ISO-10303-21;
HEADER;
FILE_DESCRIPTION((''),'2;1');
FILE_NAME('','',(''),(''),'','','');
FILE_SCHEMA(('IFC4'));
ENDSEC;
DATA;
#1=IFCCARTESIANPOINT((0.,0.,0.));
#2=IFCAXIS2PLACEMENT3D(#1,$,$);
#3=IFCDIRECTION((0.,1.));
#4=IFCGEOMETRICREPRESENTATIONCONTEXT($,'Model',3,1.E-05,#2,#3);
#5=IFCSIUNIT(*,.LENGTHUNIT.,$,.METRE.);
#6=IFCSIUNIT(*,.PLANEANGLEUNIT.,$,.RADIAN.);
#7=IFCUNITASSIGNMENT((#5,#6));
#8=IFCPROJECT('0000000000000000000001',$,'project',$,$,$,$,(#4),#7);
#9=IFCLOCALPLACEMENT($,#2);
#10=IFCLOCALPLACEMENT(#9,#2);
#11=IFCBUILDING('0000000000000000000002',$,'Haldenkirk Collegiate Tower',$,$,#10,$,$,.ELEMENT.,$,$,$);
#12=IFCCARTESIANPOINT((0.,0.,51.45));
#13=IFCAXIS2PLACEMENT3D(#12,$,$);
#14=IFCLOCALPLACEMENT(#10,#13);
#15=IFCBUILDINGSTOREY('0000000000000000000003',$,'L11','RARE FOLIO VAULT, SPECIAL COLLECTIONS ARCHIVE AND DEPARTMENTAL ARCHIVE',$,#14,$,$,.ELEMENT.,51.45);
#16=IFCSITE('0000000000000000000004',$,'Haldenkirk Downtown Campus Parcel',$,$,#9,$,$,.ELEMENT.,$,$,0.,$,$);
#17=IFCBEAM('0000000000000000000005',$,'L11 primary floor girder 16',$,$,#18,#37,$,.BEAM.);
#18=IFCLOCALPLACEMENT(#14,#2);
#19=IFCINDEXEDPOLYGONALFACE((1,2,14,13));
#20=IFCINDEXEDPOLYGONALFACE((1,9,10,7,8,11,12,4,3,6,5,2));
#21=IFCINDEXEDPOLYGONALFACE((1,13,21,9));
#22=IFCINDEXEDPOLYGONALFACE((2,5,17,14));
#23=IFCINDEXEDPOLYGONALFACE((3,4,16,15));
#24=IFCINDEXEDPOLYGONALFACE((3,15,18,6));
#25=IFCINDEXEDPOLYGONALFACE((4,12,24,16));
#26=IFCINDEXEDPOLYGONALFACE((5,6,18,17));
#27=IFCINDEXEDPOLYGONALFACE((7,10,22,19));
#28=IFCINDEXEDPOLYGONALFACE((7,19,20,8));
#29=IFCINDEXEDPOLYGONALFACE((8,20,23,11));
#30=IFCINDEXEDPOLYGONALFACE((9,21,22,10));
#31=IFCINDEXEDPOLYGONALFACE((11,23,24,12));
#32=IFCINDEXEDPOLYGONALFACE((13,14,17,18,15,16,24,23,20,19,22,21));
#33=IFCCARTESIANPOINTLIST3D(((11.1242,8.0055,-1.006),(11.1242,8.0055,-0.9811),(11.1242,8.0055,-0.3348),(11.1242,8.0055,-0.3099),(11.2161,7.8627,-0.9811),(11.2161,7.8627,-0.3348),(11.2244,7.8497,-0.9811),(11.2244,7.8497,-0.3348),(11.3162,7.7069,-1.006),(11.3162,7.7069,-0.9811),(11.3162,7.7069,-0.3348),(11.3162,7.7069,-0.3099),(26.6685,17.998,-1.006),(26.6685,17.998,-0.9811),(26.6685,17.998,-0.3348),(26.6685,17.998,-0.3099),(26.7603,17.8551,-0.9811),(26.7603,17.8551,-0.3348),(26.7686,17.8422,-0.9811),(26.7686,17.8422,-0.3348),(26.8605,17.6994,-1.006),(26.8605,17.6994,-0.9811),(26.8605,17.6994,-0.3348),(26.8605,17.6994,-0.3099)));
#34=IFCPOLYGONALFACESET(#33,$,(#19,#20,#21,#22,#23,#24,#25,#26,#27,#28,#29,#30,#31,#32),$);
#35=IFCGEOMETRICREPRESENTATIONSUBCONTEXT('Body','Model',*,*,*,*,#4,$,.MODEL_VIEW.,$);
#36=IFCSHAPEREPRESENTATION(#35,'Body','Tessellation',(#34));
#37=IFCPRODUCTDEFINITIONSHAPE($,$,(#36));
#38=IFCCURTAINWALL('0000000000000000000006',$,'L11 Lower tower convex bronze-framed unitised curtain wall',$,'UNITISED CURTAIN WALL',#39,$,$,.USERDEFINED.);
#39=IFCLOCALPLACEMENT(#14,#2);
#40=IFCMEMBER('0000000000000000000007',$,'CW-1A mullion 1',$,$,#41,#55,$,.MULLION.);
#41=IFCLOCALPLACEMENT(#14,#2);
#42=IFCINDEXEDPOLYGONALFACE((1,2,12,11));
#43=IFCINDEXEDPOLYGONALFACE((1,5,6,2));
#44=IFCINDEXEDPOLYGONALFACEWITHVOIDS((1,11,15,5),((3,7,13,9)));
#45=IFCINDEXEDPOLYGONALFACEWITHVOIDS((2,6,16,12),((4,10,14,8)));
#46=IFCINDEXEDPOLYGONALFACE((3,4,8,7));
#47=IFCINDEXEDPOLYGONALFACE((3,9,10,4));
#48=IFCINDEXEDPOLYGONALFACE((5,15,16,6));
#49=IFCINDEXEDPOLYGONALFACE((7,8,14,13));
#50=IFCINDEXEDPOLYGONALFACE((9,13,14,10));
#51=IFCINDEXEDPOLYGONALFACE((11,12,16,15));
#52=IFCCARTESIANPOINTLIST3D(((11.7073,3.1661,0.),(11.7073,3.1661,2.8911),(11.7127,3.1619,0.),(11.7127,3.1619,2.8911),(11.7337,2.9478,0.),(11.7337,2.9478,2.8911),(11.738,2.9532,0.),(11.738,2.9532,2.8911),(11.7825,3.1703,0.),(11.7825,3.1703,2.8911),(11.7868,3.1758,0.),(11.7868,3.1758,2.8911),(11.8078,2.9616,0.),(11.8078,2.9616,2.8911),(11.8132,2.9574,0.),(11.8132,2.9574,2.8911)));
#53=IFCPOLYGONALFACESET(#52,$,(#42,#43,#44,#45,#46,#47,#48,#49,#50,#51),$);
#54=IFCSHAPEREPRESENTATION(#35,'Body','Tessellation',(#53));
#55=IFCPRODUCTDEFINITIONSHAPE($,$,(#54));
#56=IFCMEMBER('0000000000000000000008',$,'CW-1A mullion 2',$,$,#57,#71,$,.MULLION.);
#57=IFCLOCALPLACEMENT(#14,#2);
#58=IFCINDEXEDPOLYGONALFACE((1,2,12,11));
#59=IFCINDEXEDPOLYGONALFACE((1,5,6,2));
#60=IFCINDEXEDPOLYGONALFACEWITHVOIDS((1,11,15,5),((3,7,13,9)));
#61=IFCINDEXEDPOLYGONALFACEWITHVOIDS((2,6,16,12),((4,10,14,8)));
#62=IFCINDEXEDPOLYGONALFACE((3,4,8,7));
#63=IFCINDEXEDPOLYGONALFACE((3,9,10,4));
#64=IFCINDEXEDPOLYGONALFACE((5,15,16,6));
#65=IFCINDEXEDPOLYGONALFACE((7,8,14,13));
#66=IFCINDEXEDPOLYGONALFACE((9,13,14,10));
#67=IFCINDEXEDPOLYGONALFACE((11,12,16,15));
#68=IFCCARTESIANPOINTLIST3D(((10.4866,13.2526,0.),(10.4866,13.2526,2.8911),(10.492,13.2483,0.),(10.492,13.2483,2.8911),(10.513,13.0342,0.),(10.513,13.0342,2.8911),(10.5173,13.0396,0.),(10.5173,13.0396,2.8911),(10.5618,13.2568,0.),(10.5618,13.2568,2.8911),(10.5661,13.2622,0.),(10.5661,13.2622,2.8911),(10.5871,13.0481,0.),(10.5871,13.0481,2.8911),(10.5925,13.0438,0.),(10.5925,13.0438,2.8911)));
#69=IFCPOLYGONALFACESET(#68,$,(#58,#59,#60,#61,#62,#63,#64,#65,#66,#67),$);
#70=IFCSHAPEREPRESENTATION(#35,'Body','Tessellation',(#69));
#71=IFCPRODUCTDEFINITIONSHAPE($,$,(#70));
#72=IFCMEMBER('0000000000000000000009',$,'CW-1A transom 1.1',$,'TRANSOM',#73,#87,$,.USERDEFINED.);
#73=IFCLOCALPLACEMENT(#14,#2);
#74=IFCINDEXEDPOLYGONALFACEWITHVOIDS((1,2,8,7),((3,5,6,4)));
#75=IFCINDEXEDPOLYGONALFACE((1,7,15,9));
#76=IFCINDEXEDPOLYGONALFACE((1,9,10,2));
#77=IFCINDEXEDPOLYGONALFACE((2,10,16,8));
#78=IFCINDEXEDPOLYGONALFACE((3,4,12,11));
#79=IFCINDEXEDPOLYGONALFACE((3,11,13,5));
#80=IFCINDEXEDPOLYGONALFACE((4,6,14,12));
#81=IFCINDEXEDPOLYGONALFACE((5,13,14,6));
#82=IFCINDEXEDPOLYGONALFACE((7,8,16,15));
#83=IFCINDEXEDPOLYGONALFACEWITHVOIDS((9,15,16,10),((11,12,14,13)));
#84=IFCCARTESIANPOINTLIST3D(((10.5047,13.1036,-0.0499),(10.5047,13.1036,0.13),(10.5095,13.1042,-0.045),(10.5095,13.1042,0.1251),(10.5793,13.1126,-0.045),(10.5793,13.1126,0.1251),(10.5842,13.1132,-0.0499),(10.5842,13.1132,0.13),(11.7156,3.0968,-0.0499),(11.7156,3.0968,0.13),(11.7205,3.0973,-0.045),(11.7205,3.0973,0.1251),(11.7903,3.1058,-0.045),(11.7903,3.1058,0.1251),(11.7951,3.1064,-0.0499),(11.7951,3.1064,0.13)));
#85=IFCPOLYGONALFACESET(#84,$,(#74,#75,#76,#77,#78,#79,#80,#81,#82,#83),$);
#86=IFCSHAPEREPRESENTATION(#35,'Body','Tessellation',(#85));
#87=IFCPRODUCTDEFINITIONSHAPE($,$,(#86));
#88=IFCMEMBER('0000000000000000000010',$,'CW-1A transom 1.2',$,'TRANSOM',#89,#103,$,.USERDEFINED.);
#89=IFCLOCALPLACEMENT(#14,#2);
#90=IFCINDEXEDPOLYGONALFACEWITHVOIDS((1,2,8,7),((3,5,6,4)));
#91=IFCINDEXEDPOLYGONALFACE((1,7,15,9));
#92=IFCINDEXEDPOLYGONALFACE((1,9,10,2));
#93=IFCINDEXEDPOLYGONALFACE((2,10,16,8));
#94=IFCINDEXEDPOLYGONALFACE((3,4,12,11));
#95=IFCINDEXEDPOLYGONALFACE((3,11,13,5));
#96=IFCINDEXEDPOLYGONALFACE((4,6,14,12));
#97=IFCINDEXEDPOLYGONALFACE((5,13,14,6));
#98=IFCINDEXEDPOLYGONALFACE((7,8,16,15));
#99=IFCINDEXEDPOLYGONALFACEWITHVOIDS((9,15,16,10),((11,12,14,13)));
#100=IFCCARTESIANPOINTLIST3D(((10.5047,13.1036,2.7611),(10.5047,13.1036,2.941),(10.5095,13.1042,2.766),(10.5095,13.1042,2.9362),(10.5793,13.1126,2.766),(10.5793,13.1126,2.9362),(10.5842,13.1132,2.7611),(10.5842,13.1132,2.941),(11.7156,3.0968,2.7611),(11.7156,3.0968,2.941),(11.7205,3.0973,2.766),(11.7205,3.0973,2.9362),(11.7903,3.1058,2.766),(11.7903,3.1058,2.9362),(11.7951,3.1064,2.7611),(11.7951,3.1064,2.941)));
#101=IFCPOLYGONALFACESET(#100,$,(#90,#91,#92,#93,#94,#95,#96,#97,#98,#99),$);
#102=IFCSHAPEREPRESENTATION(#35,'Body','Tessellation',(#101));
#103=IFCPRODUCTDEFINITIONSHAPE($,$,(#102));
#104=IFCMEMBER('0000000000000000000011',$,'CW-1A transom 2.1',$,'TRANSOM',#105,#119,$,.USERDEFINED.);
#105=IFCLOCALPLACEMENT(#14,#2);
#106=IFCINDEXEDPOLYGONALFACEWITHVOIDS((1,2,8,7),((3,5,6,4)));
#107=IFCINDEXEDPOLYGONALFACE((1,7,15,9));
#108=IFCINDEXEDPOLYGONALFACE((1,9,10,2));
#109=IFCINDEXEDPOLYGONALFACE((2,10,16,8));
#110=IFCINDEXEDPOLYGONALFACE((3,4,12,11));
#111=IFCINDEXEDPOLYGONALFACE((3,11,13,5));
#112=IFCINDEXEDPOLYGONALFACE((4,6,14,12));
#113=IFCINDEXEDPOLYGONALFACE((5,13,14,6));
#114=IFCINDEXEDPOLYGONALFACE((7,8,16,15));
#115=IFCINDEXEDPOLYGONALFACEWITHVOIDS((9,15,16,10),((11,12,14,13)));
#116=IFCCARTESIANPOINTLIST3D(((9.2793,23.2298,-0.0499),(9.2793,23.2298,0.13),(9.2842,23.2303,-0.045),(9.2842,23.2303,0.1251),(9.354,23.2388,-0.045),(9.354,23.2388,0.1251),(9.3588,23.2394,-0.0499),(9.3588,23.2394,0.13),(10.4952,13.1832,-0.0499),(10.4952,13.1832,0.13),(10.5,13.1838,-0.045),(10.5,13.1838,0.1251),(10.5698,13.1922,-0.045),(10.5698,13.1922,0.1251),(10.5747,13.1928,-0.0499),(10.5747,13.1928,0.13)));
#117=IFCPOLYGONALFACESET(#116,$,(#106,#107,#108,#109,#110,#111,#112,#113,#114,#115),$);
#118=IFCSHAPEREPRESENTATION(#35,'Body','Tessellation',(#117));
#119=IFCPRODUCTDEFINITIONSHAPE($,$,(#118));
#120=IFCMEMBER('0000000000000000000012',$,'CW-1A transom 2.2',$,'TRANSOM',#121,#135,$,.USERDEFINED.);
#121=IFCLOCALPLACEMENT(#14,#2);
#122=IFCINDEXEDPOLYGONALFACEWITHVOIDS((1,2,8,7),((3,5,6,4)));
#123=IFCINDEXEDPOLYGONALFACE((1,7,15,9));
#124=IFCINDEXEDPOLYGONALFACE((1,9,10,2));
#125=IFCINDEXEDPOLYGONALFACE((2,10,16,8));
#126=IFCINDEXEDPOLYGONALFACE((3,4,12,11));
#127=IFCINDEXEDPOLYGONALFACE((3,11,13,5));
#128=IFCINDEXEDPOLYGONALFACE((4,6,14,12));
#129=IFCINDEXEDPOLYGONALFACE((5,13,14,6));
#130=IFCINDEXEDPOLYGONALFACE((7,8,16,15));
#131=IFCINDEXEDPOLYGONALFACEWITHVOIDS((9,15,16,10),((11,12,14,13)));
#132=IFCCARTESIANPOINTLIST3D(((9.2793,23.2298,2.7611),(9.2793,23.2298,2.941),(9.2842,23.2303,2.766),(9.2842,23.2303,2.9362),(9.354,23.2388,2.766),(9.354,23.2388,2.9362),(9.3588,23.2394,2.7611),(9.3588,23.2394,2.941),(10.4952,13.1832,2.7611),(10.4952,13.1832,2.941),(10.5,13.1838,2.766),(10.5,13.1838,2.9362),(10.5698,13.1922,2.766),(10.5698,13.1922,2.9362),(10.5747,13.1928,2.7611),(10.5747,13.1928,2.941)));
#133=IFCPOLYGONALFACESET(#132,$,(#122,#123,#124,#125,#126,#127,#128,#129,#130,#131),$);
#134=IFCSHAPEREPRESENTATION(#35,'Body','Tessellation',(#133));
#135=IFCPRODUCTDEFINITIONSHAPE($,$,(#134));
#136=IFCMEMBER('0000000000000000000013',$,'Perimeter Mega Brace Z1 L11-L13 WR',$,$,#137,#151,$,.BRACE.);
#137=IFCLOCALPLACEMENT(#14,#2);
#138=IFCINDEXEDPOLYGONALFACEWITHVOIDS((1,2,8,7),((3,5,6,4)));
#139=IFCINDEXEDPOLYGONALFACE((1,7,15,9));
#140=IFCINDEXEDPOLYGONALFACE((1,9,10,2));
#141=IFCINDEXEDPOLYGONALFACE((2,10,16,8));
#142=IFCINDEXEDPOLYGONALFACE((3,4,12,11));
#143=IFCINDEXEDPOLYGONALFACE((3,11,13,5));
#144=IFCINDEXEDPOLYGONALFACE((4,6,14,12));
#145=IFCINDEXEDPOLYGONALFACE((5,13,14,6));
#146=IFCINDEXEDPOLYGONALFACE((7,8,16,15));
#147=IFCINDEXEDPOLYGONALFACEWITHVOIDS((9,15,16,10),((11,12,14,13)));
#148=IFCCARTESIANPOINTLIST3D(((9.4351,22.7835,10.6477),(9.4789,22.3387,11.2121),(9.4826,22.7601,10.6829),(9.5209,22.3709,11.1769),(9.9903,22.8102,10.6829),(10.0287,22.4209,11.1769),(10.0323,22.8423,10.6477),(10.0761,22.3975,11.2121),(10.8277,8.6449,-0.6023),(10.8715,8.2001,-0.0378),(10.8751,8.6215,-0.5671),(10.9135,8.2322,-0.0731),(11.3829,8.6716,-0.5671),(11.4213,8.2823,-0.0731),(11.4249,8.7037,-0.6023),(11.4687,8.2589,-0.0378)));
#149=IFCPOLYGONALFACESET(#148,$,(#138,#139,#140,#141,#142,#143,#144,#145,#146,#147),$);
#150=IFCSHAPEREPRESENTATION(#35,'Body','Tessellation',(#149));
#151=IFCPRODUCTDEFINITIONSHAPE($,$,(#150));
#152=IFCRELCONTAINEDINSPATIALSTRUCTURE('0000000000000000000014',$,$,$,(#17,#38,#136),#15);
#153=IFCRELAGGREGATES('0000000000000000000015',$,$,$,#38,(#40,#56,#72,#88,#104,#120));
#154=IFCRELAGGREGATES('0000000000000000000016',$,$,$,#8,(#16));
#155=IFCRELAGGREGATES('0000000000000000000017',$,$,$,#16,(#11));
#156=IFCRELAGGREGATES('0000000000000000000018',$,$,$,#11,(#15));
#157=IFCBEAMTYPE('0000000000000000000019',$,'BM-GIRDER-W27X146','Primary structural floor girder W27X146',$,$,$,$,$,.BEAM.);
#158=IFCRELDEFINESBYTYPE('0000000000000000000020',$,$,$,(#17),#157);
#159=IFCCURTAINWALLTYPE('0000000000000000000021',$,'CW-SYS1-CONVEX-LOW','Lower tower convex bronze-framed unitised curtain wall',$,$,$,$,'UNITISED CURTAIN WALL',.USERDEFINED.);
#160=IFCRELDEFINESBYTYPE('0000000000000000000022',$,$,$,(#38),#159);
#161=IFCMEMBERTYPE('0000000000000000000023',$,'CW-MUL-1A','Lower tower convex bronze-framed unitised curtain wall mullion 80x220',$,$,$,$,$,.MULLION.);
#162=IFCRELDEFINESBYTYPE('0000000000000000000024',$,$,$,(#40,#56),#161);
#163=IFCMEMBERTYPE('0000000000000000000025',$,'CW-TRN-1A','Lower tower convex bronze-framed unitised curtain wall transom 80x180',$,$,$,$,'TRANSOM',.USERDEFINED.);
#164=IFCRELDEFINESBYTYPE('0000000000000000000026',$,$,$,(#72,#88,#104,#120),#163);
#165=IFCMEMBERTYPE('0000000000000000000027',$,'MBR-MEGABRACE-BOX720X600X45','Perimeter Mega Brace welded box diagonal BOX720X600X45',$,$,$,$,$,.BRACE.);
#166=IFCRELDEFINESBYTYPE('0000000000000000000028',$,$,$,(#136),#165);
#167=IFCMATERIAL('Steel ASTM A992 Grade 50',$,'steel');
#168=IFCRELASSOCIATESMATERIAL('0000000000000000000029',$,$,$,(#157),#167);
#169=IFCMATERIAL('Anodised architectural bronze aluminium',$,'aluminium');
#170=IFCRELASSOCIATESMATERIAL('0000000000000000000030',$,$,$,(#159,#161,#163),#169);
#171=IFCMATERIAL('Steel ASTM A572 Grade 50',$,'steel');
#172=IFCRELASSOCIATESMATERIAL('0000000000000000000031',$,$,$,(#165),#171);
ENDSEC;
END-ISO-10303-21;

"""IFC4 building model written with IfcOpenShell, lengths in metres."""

from ifc_helpers import new_model, si_unit, direction, frame, origin, origin_2d, place, context, subcontext, project, spatial, hollow_rectangle, i_section, extrude, material, material_profile, profile_set, type_object, element, aggregate, save


model = new_model("IFC4")

# Units and contexts
model_context = context("Model", 3, precision=1e-05, world=origin(), true_north=direction((0.0, 1.0)))
body_context = subcontext(model_context, "Body", "Model", "MODEL_VIEW")
ifc_project = project(units=[si_unit("LENGTHUNIT", "METRE"), si_unit("PLANEANGLEUNIT", "RADIAN")], contexts=[model_context])

# Site, building, storey
site_placement = place(None, origin())
site = spatial("IfcSite", under=ifc_project, at=site_placement, Name="Haldenkirk Downtown Campus Parcel", CompositionType="ELEMENT", RefElevation=0.0)
building_placement = place(site_placement, origin())
building = spatial("IfcBuilding", under=site, at=building_placement, Name="Haldenkirk Collegiate Tower", CompositionType="ELEMENT")
storey_placement = place(building_placement, frame((0.0, 0.0, 51.45)))
storey = spatial("IfcBuildingStorey", under=building, at=storey_placement, Name="L11", Description="RARE FOLIO VAULT, SPECIAL COLLECTIONS ARCHIVE AND DEPARTMENTAL ARCHIVE", CompositionType="ELEMENT", Elevation=51.45)

# Beam
ifc_material_1 = material(Name="Steel ASTM A992 Grade 50", Category="steel")
ifc_material_profile_1 = material_profile(ifc_material_1, i_section(OverallWidth=0.355, OverallDepth=0.696, WebThickness=0.0154, FlangeThickness=0.0249, at=origin_2d()), Name="W27X146")
ifc_profile_set_1 = profile_set([ifc_material_profile_1], Name="Steel ASTM A992 Grade 50")
beam_type = type_object("IfcBeamType", Name="BM-GIRDER-W27X146", Description="Primary structural floor girder W27X146", PredefinedType="BEAM", material=ifc_profile_set_1)
beam_placement = place(storey_placement, frame((11.2202, 7.8562, -0.658), z_axis=(0.841185, 0.540748, 0.0), x_axis=(-0.540748, 0.841185, 0.0)))
element("IfcBeam", 1, at=beam_placement, inside=storey, type_object=beam_type, Name="L11 primary floor girder 16", PredefinedType="BEAM", context=body_context, shape_type="SweptSolid", body=[
    extrude(i_section(OverallWidth=0.355, OverallDepth=0.696, WebThickness=0.0154, FlangeThickness=0.0249, at=origin_2d()), origin(), (0.0, 0.0, 1.0), 18.479),
])

# Curtain wall, members
ifc_material_2 = material(Name="Anodised architectural bronze aluminium", Category="aluminium")
curtain_wall_type = type_object("IfcCurtainWallType", Name="CW-SYS1-CONVEX-LOW", Description="Lower tower convex bronze-framed unitised curtain wall", ElementType="UNITISED CURTAIN WALL", PredefinedType="USERDEFINED", material=ifc_material_2)
curtain_wall_placement = place(storey_placement, origin())
curtain_wall = element("IfcCurtainWall", 2, at=curtain_wall_placement, inside=storey, type_object=curtain_wall_type, Name="L11 Lower tower convex bronze-framed unitised curtain wall", ObjectType="UNITISED CURTAIN WALL", PredefinedType="USERDEFINED")
ifc_material_profile_2 = material_profile(ifc_material_2, hollow_rectangle(XDim=0.0801, YDim=0.22, WallThickness=0.0049, at=origin_2d()), Name="CW-MUL-1A")
ifc_profile_set_2 = profile_set([ifc_material_profile_2], Name="Anodised architectural bronze aluminium")
member_type_1 = type_object("IfcMemberType", Name="CW-MUL-1A", Description="Lower tower convex bronze-framed unitised curtain wall mullion 80x220", PredefinedType="MULLION", material=ifc_profile_set_2)
member_1_placement = place(storey_placement, frame((11.7603, 3.0618, 0.0), z_axis=(0.0, 0.0, 1.0), x_axis=(-0.992757, -0.120138, 0.0)))
member_1 = element("IfcMember", 3, at=member_1_placement, type_object=member_type_1, Name="CW-1A mullion 1", PredefinedType="MULLION", context=body_context, shape_type="SweptSolid", body=[
    extrude(hollow_rectangle(XDim=0.0801, YDim=0.22, WallThickness=0.0049, at=origin_2d()), origin(), (0.0, 0.0, 1.0), 2.8911),
])
member_2_placement = place(storey_placement, frame((10.5396, 13.1482, 0.0), z_axis=(0.0, 0.0, 1.0), x_axis=(-0.992757, -0.120138, 0.0)))
member_2 = element("IfcMember", 4, at=member_2_placement, type_object=member_type_1, Name="CW-1A mullion 2", PredefinedType="MULLION", context=body_context, shape_type="SweptSolid", body=[
    extrude(hollow_rectangle(XDim=0.0801, YDim=0.22, WallThickness=0.0049, at=origin_2d()), origin(), (0.0, 0.0, 1.0), 2.8911),
])
ifc_material_profile_3 = material_profile(ifc_material_2, hollow_rectangle(XDim=0.0801, YDim=0.1799, WallThickness=0.0049, at=origin_2d()), Name="CW-TRN-1A")
ifc_profile_set_3 = profile_set([ifc_material_profile_3], Name="Anodised architectural bronze aluminium")
member_type_2 = type_object("IfcMemberType", Name="CW-TRN-1A", Description="Lower tower convex bronze-framed unitised curtain wall transom 80x180", ElementType="TRANSOM", PredefinedType="USERDEFINED", material=ifc_profile_set_3)
member_3_placement = place(storey_placement, frame((11.7554, 3.1016, 0.04), z_axis=(-0.120135, 0.992758, 0.0), x_axis=(-0.992758, -0.120135, 0.0)))
member_3 = element("IfcMember", 5, at=member_3_placement, type_object=member_type_2, Name="CW-1A transom 1.1", ObjectType="TRANSOM", PredefinedType="USERDEFINED", context=body_context, shape_type="SweptSolid", body=[
    extrude(hollow_rectangle(XDim=0.0801, YDim=0.1799, WallThickness=0.0049, at=origin_2d()), origin(), (0.0, 0.0, 1.0), 10.0798),
])
member_4_placement = place(storey_placement, frame((11.7554, 3.1016, 2.8511), z_axis=(-0.120135, 0.992758, 0.0), x_axis=(-0.992758, -0.120135, 0.0)))
member_4 = element("IfcMember", 6, at=member_4_placement, type_object=member_type_2, Name="CW-1A transom 1.2", ObjectType="TRANSOM", PredefinedType="USERDEFINED", context=body_context, shape_type="SweptSolid", body=[
    extrude(hollow_rectangle(XDim=0.0801, YDim=0.1799, WallThickness=0.0049, at=origin_2d()), origin(), (0.0, 0.0, 1.0), 10.0798),
])
member_5_placement = place(storey_placement, frame((10.5349, 13.188, 0.04), z_axis=(-0.120141, 0.992757, 0.0), x_axis=(-0.992757, -0.120141, 0.0)))
member_5 = element("IfcMember", 7, at=member_5_placement, type_object=member_type_2, Name="CW-1A transom 2.1", ObjectType="TRANSOM", PredefinedType="USERDEFINED", context=body_context, shape_type="SweptSolid", body=[
    extrude(hollow_rectangle(XDim=0.0801, YDim=0.1799, WallThickness=0.0049, at=origin_2d()), origin(), (0.0, 0.0, 1.0), 10.1199),
])
member_6_placement = place(storey_placement, frame((10.5349, 13.188, 2.8511), z_axis=(-0.120141, 0.992757, 0.0), x_axis=(-0.992757, -0.120141, 0.0)))
member_6 = element("IfcMember", 8, at=member_6_placement, type_object=member_type_2, Name="CW-1A transom 2.2", ObjectType="TRANSOM", PredefinedType="USERDEFINED", context=body_context, shape_type="SweptSolid", body=[
    extrude(hollow_rectangle(XDim=0.0801, YDim=0.1799, WallThickness=0.0049, at=origin_2d()), origin(), (0.0, 0.0, 1.0), 10.1199),
])

# Member
ifc_material_3 = material(Name="Steel ASTM A572 Grade 50", Category="steel")
ifc_material_profile_4 = material_profile(ifc_material_3, hollow_rectangle(XDim=0.6001, YDim=0.72, WallThickness=0.0449, at=origin_2d()), Name="BOX720X600X45")
ifc_profile_set_4 = profile_set([ifc_material_profile_4], Name="Steel ASTM A572 Grade 50")
member_type_3 = type_object("IfcMemberType", Name="MBR-MEGABRACE-BOX720X600X45", Description="Perimeter Mega Brace welded box diagonal BOX720X600X45", PredefinedType="BRACE", material=ifc_profile_set_4)
member_7_placement = place(storey_placement, frame((11.1482, 8.4519, -0.3201), z_axis=(-0.076845, 0.780197, 0.620795), x_axis=(-0.995184, -0.09802, 0.0)))
element("IfcMember", 9, at=member_7_placement, inside=storey, type_object=member_type_3, Name="Perimeter Mega Brace Z1 L11-L13 WR", PredefinedType="BRACE", context=body_context, shape_type="SweptSolid", body=[
    extrude(hollow_rectangle(XDim=0.6001, YDim=0.72, WallThickness=0.0449, at=origin_2d()), origin(), (0.0, 0.0, 1.0), 18.1218),
])

aggregate(curtain_wall, [member_1, member_2, member_3, member_4, member_5, member_6])

save(model, "model.ifc")
